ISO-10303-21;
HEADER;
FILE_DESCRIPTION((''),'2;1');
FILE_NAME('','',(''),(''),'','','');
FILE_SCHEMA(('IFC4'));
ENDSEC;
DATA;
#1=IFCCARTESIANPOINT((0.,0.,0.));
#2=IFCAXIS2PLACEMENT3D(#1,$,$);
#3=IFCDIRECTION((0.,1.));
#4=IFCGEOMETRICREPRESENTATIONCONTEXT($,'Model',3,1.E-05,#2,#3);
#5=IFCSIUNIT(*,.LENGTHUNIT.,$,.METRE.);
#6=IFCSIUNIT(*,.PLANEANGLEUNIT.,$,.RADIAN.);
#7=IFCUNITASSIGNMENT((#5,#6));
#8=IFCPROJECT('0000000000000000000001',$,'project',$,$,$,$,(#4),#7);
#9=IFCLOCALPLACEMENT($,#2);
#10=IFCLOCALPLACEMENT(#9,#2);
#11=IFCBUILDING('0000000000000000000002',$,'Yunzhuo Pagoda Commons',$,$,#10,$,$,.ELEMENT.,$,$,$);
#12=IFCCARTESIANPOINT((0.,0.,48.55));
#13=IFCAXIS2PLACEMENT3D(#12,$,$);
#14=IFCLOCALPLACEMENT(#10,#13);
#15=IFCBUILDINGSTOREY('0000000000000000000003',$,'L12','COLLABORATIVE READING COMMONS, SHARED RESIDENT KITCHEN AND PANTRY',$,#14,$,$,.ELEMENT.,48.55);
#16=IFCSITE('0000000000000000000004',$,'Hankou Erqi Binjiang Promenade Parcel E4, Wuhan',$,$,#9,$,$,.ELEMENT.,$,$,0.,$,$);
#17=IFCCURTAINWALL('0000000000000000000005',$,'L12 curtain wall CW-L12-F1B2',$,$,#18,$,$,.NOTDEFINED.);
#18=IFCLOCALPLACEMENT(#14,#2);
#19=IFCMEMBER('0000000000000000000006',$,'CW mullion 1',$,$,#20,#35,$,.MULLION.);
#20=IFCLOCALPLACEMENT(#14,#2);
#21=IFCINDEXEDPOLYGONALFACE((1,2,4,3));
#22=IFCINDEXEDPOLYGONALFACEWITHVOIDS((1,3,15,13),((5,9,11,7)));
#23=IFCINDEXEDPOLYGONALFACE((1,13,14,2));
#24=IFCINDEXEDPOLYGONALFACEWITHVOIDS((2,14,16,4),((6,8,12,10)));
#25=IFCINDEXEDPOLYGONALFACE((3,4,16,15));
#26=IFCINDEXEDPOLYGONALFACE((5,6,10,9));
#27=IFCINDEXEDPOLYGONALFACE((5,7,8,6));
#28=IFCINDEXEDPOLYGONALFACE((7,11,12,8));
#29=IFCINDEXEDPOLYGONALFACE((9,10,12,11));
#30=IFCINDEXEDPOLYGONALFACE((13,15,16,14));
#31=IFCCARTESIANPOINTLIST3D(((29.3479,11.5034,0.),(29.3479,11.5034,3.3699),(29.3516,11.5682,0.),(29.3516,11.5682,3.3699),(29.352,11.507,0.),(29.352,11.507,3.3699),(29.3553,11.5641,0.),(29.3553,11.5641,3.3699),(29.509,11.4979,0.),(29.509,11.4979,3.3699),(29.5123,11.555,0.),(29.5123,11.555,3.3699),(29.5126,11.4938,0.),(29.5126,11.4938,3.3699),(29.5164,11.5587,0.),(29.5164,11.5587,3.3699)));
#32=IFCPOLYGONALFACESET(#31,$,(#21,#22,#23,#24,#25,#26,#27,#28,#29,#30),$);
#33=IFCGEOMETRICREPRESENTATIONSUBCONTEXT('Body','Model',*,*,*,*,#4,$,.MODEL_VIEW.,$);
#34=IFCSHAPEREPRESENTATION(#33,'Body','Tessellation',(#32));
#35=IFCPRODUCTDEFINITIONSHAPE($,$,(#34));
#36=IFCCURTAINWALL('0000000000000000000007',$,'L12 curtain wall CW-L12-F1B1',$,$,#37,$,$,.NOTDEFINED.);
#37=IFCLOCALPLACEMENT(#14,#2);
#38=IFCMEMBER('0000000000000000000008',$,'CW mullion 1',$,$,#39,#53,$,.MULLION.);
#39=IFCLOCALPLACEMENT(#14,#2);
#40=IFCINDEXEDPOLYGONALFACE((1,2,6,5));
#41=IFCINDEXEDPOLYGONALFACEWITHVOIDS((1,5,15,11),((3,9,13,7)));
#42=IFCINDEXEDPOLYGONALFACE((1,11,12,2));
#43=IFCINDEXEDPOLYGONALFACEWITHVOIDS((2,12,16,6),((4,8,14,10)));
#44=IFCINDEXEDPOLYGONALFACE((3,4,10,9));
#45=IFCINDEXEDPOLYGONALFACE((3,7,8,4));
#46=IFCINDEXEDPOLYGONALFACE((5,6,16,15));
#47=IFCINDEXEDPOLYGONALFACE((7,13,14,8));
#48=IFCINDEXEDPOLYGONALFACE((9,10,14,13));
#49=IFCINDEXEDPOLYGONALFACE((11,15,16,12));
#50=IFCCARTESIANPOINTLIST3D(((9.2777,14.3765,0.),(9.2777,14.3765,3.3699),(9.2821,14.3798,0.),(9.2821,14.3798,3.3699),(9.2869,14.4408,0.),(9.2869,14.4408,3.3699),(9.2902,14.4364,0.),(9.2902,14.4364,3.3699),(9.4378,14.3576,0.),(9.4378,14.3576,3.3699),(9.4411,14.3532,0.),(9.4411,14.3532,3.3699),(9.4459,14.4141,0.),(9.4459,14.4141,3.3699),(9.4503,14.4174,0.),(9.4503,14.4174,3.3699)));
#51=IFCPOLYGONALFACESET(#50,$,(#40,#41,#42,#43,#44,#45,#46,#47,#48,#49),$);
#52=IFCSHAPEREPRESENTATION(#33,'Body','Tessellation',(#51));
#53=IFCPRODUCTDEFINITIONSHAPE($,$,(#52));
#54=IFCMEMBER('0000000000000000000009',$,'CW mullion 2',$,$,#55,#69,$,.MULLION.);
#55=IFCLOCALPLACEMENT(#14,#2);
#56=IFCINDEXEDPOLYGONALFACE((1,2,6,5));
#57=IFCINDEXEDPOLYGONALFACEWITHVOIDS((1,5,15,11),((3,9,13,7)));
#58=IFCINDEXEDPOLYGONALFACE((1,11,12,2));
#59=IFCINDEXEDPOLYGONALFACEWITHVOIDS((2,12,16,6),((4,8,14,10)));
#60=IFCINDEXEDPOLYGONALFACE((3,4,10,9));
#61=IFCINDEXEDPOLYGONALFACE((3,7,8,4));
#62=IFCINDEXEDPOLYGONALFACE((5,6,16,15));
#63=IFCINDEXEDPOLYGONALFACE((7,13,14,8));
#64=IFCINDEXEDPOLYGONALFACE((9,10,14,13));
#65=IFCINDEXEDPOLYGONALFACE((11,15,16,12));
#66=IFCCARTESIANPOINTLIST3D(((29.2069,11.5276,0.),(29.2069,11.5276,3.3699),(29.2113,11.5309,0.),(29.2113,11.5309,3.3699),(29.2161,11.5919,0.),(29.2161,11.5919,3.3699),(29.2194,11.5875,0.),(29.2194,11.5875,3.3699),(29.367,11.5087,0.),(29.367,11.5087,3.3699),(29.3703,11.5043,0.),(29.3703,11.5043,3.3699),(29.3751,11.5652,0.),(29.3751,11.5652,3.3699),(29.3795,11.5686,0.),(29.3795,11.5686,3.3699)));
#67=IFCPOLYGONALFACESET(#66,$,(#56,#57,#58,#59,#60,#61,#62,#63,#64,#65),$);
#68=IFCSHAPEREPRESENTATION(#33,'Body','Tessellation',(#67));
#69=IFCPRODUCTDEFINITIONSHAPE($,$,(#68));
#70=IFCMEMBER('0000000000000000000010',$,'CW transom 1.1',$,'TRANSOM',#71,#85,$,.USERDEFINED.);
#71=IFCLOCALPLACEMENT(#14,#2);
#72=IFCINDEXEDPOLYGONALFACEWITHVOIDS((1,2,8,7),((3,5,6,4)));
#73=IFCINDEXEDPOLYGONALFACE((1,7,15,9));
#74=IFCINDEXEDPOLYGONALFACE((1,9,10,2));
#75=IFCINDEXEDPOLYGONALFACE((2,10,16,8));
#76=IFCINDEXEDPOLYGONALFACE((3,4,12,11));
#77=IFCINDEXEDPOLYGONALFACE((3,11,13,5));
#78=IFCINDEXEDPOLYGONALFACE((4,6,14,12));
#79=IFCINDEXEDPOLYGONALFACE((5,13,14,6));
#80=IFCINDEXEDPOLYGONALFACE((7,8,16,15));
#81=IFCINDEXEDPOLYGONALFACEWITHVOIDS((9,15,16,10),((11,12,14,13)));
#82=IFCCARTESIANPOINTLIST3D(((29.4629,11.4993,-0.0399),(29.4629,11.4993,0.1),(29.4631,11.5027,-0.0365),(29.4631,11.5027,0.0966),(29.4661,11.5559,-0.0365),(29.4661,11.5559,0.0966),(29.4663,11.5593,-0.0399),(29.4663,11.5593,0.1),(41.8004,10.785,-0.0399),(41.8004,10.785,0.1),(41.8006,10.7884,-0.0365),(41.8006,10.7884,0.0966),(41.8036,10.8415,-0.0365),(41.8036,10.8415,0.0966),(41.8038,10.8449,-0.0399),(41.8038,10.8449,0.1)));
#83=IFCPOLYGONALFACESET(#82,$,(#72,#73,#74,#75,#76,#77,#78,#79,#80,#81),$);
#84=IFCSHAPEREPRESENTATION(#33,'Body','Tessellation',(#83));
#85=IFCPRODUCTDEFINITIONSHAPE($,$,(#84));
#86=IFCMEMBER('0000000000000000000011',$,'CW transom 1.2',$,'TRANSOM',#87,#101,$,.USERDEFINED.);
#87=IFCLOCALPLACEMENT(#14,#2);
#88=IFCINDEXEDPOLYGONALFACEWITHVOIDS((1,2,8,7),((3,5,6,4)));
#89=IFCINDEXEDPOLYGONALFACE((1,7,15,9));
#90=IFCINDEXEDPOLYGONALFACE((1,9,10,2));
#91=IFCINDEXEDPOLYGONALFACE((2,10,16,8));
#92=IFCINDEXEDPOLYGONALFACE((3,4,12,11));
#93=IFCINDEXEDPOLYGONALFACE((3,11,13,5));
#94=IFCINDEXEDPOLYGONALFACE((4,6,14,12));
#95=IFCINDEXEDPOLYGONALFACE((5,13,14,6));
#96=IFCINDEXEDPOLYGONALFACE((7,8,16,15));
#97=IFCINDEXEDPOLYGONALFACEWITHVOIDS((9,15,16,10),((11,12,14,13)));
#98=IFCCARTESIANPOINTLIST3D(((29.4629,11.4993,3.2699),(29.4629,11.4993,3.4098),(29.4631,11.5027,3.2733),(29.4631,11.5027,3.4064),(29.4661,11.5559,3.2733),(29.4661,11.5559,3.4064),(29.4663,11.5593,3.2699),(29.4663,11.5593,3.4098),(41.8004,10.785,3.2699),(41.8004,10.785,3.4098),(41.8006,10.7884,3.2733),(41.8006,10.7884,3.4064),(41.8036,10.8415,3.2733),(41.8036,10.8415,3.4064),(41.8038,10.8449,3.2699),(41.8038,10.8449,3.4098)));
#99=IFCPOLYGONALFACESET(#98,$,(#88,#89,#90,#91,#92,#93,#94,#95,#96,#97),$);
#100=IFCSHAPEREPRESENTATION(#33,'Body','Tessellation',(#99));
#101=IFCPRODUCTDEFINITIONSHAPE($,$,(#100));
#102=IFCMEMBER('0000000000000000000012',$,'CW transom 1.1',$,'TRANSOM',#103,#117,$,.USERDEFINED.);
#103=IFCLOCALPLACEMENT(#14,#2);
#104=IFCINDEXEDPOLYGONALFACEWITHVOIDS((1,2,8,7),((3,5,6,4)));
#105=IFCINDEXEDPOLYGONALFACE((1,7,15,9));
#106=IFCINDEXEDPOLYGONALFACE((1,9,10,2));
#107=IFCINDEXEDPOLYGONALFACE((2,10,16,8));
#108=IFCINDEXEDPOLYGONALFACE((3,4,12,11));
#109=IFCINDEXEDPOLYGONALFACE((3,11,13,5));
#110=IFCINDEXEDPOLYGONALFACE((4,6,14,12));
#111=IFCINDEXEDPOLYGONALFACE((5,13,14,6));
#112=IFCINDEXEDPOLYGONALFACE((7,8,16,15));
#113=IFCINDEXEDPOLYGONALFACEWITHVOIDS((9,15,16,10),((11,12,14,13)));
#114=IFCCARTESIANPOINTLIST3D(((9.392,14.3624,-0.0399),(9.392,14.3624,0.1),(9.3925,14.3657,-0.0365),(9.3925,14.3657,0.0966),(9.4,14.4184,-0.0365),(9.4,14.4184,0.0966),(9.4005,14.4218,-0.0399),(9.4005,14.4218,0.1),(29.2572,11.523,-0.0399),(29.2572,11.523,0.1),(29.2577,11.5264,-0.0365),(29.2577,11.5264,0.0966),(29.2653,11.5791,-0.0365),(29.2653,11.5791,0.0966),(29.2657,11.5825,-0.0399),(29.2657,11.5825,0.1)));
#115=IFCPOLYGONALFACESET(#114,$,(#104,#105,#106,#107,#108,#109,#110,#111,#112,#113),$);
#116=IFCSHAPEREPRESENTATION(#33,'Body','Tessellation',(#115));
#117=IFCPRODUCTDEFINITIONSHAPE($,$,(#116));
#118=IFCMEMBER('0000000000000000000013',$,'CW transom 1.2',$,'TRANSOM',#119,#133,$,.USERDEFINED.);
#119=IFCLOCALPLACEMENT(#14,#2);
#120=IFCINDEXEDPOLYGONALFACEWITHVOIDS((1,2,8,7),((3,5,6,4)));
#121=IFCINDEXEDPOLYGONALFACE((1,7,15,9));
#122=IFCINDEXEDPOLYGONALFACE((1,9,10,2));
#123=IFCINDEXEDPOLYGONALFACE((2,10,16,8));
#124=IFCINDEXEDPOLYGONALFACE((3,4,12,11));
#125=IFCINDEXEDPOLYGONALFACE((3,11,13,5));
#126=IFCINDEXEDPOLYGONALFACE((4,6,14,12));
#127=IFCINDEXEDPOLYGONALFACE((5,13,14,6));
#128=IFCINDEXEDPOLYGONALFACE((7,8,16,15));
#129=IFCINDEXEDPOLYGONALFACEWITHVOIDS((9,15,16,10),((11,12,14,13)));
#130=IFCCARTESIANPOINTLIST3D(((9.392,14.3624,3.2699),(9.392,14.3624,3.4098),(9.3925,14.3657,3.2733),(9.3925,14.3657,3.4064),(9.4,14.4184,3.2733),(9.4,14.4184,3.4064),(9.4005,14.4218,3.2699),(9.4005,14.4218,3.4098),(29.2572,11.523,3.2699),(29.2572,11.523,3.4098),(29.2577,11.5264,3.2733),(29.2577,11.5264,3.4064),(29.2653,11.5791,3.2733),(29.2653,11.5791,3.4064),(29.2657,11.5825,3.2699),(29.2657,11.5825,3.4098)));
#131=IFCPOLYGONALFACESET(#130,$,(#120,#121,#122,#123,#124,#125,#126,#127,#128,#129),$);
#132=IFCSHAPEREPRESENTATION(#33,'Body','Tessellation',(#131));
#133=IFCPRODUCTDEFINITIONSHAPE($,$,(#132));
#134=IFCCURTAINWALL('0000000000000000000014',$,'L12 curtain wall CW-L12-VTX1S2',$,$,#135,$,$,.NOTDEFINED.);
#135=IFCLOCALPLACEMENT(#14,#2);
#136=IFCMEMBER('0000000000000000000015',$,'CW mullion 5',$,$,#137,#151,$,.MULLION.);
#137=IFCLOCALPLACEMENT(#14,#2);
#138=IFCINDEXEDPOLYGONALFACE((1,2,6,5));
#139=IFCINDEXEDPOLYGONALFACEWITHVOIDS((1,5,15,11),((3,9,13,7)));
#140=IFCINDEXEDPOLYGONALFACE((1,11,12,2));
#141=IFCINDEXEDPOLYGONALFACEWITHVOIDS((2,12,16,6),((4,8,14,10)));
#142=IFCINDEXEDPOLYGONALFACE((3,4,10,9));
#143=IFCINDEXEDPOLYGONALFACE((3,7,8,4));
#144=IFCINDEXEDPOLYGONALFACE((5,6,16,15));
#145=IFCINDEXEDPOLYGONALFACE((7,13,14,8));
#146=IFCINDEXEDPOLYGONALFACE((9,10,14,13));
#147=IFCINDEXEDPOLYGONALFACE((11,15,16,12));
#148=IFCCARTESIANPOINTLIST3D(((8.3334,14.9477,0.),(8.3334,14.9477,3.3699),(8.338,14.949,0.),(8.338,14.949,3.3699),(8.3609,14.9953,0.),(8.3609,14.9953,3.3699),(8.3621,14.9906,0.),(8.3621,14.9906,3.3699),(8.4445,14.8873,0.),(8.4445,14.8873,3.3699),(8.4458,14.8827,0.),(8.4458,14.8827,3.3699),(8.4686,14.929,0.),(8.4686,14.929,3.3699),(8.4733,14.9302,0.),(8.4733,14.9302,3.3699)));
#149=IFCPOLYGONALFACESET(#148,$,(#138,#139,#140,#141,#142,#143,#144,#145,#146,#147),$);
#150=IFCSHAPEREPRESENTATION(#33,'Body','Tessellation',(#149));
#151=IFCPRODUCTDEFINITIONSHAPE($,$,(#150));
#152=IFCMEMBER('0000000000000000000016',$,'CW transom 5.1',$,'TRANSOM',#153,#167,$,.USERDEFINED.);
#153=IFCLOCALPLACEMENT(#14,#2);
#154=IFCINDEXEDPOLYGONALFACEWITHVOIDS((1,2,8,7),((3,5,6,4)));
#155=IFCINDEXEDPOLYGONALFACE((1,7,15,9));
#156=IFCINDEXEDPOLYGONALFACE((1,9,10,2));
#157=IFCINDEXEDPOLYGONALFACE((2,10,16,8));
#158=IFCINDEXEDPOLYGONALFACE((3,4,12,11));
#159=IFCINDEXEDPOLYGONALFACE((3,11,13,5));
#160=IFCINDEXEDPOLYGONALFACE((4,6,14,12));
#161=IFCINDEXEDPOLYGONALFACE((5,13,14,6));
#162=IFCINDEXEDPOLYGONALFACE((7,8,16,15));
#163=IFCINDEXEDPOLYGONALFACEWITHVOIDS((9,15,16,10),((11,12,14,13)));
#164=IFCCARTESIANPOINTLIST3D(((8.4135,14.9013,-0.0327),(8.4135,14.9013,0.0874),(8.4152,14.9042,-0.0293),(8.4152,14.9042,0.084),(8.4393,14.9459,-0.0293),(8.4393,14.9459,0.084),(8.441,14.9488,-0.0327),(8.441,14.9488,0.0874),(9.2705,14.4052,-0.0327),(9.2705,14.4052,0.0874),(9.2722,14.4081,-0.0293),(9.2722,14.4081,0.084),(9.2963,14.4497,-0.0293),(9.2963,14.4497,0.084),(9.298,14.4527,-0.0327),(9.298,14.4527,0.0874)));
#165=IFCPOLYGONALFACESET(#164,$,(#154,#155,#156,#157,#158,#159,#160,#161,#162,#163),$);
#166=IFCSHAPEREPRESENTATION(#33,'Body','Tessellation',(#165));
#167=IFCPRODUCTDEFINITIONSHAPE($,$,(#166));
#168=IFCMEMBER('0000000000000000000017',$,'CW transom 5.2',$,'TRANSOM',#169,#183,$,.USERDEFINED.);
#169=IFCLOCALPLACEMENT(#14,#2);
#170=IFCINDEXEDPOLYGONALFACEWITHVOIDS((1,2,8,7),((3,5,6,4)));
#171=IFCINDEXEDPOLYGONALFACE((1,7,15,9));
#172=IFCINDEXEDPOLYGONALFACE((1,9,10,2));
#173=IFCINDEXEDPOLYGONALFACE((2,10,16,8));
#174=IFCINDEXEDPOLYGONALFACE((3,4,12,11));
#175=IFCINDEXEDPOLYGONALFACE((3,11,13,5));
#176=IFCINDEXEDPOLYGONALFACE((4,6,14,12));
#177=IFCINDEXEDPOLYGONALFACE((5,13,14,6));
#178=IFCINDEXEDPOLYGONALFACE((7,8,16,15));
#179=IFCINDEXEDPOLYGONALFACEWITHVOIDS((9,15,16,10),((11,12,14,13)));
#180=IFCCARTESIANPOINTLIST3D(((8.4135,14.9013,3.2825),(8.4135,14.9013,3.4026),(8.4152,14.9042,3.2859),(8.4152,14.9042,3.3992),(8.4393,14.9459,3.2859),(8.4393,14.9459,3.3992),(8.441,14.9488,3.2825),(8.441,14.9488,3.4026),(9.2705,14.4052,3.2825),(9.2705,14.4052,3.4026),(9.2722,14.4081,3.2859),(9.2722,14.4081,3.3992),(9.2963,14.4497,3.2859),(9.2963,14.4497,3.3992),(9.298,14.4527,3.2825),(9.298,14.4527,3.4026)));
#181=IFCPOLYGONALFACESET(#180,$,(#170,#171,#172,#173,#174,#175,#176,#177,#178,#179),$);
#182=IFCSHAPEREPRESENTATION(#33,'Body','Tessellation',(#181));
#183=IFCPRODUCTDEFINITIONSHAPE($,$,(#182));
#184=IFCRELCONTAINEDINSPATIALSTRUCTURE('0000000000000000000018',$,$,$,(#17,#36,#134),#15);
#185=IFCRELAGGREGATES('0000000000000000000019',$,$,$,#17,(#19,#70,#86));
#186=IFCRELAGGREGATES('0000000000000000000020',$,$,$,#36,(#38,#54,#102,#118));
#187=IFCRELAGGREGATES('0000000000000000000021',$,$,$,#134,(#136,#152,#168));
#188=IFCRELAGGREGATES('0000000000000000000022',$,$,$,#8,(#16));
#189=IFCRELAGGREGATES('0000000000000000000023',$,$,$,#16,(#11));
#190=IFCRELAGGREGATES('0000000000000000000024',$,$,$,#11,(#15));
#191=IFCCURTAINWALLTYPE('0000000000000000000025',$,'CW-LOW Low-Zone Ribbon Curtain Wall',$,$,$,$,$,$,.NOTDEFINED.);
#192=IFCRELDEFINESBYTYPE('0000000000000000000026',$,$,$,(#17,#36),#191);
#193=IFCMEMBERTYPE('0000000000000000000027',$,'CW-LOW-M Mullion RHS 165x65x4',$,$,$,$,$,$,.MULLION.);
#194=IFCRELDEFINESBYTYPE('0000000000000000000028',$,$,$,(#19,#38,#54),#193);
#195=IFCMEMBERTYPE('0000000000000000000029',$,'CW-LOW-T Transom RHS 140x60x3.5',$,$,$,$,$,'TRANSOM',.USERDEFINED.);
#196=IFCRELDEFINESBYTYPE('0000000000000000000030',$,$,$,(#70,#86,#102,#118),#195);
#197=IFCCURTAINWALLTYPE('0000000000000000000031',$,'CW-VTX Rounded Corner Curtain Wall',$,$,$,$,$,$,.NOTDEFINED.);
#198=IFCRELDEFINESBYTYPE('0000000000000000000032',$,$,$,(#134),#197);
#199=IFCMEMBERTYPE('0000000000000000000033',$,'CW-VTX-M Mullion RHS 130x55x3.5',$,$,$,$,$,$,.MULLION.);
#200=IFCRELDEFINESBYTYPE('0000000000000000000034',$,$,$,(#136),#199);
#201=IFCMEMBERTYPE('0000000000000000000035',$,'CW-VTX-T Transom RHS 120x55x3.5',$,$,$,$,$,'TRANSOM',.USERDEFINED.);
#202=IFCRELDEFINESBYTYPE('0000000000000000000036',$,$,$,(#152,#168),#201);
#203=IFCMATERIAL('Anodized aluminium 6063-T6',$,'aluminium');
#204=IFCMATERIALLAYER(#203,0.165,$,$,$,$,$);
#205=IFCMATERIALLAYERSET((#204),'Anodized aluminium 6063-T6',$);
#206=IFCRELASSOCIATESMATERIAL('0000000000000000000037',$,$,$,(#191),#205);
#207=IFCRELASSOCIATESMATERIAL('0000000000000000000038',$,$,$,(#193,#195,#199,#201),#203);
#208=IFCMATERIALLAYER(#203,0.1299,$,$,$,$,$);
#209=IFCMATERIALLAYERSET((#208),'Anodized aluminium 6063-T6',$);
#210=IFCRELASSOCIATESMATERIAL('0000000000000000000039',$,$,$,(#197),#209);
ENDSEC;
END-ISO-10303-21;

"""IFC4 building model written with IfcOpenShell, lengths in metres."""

from ifc_helpers import new_model, si_unit, direction, frame, origin, origin_2d, place, context, subcontext, project, spatial, hollow_rectangle, extrude, source, transform, mapped, material, layer, layer_set, material_profile, profile_set, type_object, element, aggregate, save


model = new_model("IFC4")

# Units and contexts
model_context = context("Model", 3, precision=1e-05, world=origin(), true_north=direction((0.0, 1.0)))
body_context = subcontext(model_context, "Body", "Model", "MODEL_VIEW")
ifc_project = project(units=[si_unit("LENGTHUNIT", "METRE"), si_unit("PLANEANGLEUNIT", "RADIAN")], contexts=[model_context])

# Site, building, storey
site_placement = place(None, origin())
site = spatial("IfcSite", under=ifc_project, at=site_placement, Name="Hankou Erqi Binjiang Promenade Parcel E4, Wuhan", CompositionType="ELEMENT", RefElevation=0.0)
building_placement = place(site_placement, origin())
building = spatial("IfcBuilding", under=site, at=building_placement, Name="Yunzhuo Pagoda Commons", CompositionType="ELEMENT")
storey_placement = place(building_placement, frame((0.0, 0.0, 48.55)))
storey = spatial("IfcBuildingStorey", under=building, at=storey_placement, Name="L12", Description="COLLABORATIVE READING COMMONS, SHARED RESIDENT KITCHEN AND PANTRY", CompositionType="ELEMENT", Elevation=48.55)

# Curtain wall, member
ifc_material_1 = material(Name="Anodized aluminium 6063-T6", Category="aluminium")
ifc_layer_1 = layer(ifc_material_1, 0.165)
ifc_layer_set_1 = layer_set([ifc_layer_1], Name="Anodized aluminium 6063-T6")
curtain_wall_type_1 = type_object("IfcCurtainWallType", Name="CW-LOW Low-Zone Ribbon Curtain Wall", PredefinedType="NOTDEFINED", material=ifc_layer_set_1)
curtain_wall_1_placement = place(storey_placement, origin())
curtain_wall_1 = element("IfcCurtainWall", 1, at=curtain_wall_1_placement, inside=storey, type_object=curtain_wall_type_1, Name="L12 curtain wall CW-L12-F1B2", PredefinedType="NOTDEFINED")
ifc_material_profile_1 = material_profile(ifc_material_1, hollow_rectangle(XDim=0.0649, YDim=0.165, WallThickness=0.0039, at=origin_2d()), Name="Anodized aluminium 6063-T6")
ifc_profile_set_1 = profile_set([ifc_material_profile_1], Name="Anodized aluminium 6063-T6")
member_type_1 = type_object("IfcMemberType", Name="CW-LOW-M Mullion RHS 165x65x4", PredefinedType="MULLION", material=ifc_profile_set_1)
shared_shape_1 = source(origin(), body_context, "Body", "SweptSolid", [
    extrude(hollow_rectangle(XDim=0.0649, YDim=0.165, WallThickness=0.0039, at=origin_2d()), origin(), (0.0, 0.0, 1.0), 3.3699),
])
member_1_placement = place(storey_placement, frame((29.4321, 11.531, 0.0), z_axis=(0.0, 0.0, 1.0), x_axis=(0.057791, 0.998329, 0.0)))
member_1 = element("IfcMember", 2, at=member_1_placement, type_object=member_type_1, Name="CW mullion 1", PredefinedType="MULLION", context=body_context, shape_type="MappedRepresentation", body=[
    mapped(shared_shape_1, transform((0.0, 0.0, 0.0), scale=1.0)),
])

# Curtain wall, members
curtain_wall_2_placement = place(storey_placement, origin())
curtain_wall_2 = element("IfcCurtainWall", 3, at=curtain_wall_2_placement, inside=storey, type_object=curtain_wall_type_1, Name="L12 curtain wall CW-L12-F1B1", PredefinedType="NOTDEFINED")
member_2_placement = place(storey_placement, frame((9.364, 14.397, 0.0), z_axis=(0.0, 0.0, 1.0), x_axis=(0.141493, 0.989939, 0.0)))
member_2 = element("IfcMember", 4, at=member_2_placement, type_object=member_type_1, Name="CW mullion 1", PredefinedType="MULLION", context=body_context, shape_type="MappedRepresentation", body=[
    mapped(shared_shape_1, transform((0.0, 0.0, 0.0), scale=1.0)),
])
member_3_placement = place(storey_placement, frame((29.2932, 11.5481, 0.0), z_axis=(0.0, 0.0, 1.0), x_axis=(0.141493, 0.989939, 0.0)))
member_3 = element("IfcMember", 5, at=member_3_placement, type_object=member_type_1, Name="CW mullion 2", PredefinedType="MULLION", context=body_context, shape_type="MappedRepresentation", body=[
    mapped(shared_shape_1, transform((0.0, 0.0, 0.0), scale=1.0)),
])

# Members
ifc_material_profile_2 = material_profile(ifc_material_1, hollow_rectangle(XDim=0.0601, YDim=0.1399, WallThickness=0.0034, at=origin_2d()), Name="Anodized aluminium 6063-T6")
ifc_profile_set_2 = profile_set([ifc_material_profile_2], Name="Anodized aluminium 6063-T6")
member_type_2 = type_object("IfcMemberType", Name="CW-LOW-T Transom RHS 140x60x3.5", ElementType="TRANSOM", PredefinedType="USERDEFINED", material=ifc_profile_set_2)
shared_shape_2 = source(origin(), body_context, "Body", "SweptSolid", [
    extrude(hollow_rectangle(XDim=0.0601, YDim=0.1399, WallThickness=0.0034, at=origin_2d()), origin(), (0.0, 0.0, 1.0), 12.3582),
])
member_4_placement = place(storey_placement, frame((29.4646, 11.5293, 0.03), z_axis=(0.998328, -0.057805, 0.0), x_axis=(0.057805, 0.998328, 0.0)))
member_4 = element("IfcMember", 6, at=member_4_placement, type_object=member_type_2, Name="CW transom 1.1", ObjectType="TRANSOM", PredefinedType="USERDEFINED", context=body_context, shape_type="MappedRepresentation", body=[
    mapped(shared_shape_2, transform((0.0, 0.0, 0.0), scale=1.0)),
])
member_5_placement = place(storey_placement, frame((29.4646, 11.5293, 3.3398), z_axis=(0.998328, -0.057805, 0.0), x_axis=(0.057805, 0.998328, 0.0)))
member_5 = element("IfcMember", 7, at=member_5_placement, type_object=member_type_2, Name="CW transom 1.2", ObjectType="TRANSOM", PredefinedType="USERDEFINED", context=body_context, shape_type="MappedRepresentation", body=[
    mapped(shared_shape_2, transform((0.0, 0.0, 0.0), scale=1.0)),
])
shared_shape_3 = source(origin(), body_context, "Body", "SweptSolid", [
    extrude(hollow_rectangle(XDim=0.0601, YDim=0.1399, WallThickness=0.0034, at=origin_2d()), origin(), (0.0, 0.0, 1.0), 20.0671),
])
member_6_placement = place(storey_placement, frame((9.3962, 14.3921, 0.03), z_axis=(0.989939, -0.141493, 0.0), x_axis=(0.141493, 0.989939, 0.0)))
member_6 = element("IfcMember", 8, at=member_6_placement, type_object=member_type_2, Name="CW transom 1.1", ObjectType="TRANSOM", PredefinedType="USERDEFINED", context=body_context, shape_type="MappedRepresentation", body=[
    mapped(shared_shape_3, transform((0.0, 0.0, 0.0), scale=1.0)),
])
member_7_placement = place(storey_placement, frame((9.3962, 14.3921, 3.3398), z_axis=(0.989939, -0.141493, 0.0), x_axis=(0.141493, 0.989939, 0.0)))
member_7 = element("IfcMember", 9, at=member_7_placement, type_object=member_type_2, Name="CW transom 1.2", ObjectType="TRANSOM", PredefinedType="USERDEFINED", context=body_context, shape_type="MappedRepresentation", body=[
    mapped(shared_shape_3, transform((0.0, 0.0, 0.0), scale=1.0)),
])

# Curtain wall, members
ifc_layer_2 = layer(ifc_material_1, 0.1299)
ifc_layer_set_2 = layer_set([ifc_layer_2], Name="Anodized aluminium 6063-T6")
curtain_wall_type_2 = type_object("IfcCurtainWallType", Name="CW-VTX Rounded Corner Curtain Wall", PredefinedType="NOTDEFINED", material=ifc_layer_set_2)
curtain_wall_3_placement = place(storey_placement, origin())
curtain_wall_3 = element("IfcCurtainWall", 10, at=curtain_wall_3_placement, inside=storey, type_object=curtain_wall_type_2, Name="L12 curtain wall CW-L12-VTX1S2", PredefinedType="NOTDEFINED")
ifc_material_profile_3 = material_profile(ifc_material_1, hollow_rectangle(XDim=0.0549, YDim=0.1299, WallThickness=0.0034, at=origin_2d()), Name="Anodized aluminium 6063-T6")
ifc_profile_set_3 = profile_set([ifc_material_profile_3], Name="Anodized aluminium 6063-T6")
member_type_3 = type_object("IfcMemberType", Name="CW-VTX-M Mullion RHS 130x55x3.5", PredefinedType="MULLION", material=ifc_profile_set_3)
shared_shape_4 = source(origin(), body_context, "Body", "SweptSolid", [
    extrude(hollow_rectangle(XDim=0.0549, YDim=0.1299, WallThickness=0.0034, at=origin_2d()), origin(), (0.0, 0.0, 1.0), 3.3699),
])
member_8_placement = place(storey_placement, frame((8.4033, 14.939, 0.0), z_axis=(0.0, 0.0, 1.0), x_axis=(0.501041, 0.865423, 0.0)))
member_8 = element("IfcMember", 11, at=member_8_placement, type_object=member_type_3, Name="CW mullion 5", PredefinedType="MULLION", context=body_context, shape_type="MappedRepresentation", body=[
    mapped(shared_shape_4, transform((0.0, 0.0, 0.0), scale=1.0)),
])
ifc_material_profile_4 = material_profile(ifc_material_1, hollow_rectangle(XDim=0.0549, YDim=0.1201, WallThickness=0.0034, at=origin_2d()), Name="Anodized aluminium 6063-T6")
ifc_profile_set_4 = profile_set([ifc_material_profile_4], Name="Anodized aluminium 6063-T6")
member_type_4 = type_object("IfcMemberType", Name="CW-VTX-T Transom RHS 120x55x3.5", ElementType="TRANSOM", PredefinedType="USERDEFINED", material=ifc_profile_set_4)
shared_shape_5 = source(origin(), body_context, "Body", "SweptSolid", [
    extrude(hollow_rectangle(XDim=0.0549, YDim=0.1201, WallThickness=0.0034, at=origin_2d()), origin(), (0.0, 0.0, 1.0), 0.9902),
])
member_9_placement = place(storey_placement, frame((8.4272, 14.925, 0.0273), z_axis=(0.865438, -0.501017, 0.0), x_axis=(0.501017, 0.865438, 0.0)))
member_9 = element("IfcMember", 12, at=member_9_placement, type_object=member_type_4, Name="CW transom 5.1", ObjectType="TRANSOM", PredefinedType="USERDEFINED", context=body_context, shape_type="MappedRepresentation", body=[
    mapped(shared_shape_5, transform((0.0, 0.0, 0.0), scale=1.0)),
])
member_10_placement = place(storey_placement, frame((8.4272, 14.925, 3.3425), z_axis=(0.865438, -0.501017, 0.0), x_axis=(0.501017, 0.865438, 0.0)))
member_10 = element("IfcMember", 13, at=member_10_placement, type_object=member_type_4, Name="CW transom 5.2", ObjectType="TRANSOM", PredefinedType="USERDEFINED", context=body_context, shape_type="MappedRepresentation", body=[
    mapped(shared_shape_5, transform((0.0, 0.0, 0.0), scale=1.0)),
])

aggregate(curtain_wall_1, [member_1, member_4, member_5])

aggregate(curtain_wall_2, [member_2, member_3, member_6, member_7])
aggregate(curtain_wall_3, [member_8, member_9, member_10])

save(model, "model.ifc")
